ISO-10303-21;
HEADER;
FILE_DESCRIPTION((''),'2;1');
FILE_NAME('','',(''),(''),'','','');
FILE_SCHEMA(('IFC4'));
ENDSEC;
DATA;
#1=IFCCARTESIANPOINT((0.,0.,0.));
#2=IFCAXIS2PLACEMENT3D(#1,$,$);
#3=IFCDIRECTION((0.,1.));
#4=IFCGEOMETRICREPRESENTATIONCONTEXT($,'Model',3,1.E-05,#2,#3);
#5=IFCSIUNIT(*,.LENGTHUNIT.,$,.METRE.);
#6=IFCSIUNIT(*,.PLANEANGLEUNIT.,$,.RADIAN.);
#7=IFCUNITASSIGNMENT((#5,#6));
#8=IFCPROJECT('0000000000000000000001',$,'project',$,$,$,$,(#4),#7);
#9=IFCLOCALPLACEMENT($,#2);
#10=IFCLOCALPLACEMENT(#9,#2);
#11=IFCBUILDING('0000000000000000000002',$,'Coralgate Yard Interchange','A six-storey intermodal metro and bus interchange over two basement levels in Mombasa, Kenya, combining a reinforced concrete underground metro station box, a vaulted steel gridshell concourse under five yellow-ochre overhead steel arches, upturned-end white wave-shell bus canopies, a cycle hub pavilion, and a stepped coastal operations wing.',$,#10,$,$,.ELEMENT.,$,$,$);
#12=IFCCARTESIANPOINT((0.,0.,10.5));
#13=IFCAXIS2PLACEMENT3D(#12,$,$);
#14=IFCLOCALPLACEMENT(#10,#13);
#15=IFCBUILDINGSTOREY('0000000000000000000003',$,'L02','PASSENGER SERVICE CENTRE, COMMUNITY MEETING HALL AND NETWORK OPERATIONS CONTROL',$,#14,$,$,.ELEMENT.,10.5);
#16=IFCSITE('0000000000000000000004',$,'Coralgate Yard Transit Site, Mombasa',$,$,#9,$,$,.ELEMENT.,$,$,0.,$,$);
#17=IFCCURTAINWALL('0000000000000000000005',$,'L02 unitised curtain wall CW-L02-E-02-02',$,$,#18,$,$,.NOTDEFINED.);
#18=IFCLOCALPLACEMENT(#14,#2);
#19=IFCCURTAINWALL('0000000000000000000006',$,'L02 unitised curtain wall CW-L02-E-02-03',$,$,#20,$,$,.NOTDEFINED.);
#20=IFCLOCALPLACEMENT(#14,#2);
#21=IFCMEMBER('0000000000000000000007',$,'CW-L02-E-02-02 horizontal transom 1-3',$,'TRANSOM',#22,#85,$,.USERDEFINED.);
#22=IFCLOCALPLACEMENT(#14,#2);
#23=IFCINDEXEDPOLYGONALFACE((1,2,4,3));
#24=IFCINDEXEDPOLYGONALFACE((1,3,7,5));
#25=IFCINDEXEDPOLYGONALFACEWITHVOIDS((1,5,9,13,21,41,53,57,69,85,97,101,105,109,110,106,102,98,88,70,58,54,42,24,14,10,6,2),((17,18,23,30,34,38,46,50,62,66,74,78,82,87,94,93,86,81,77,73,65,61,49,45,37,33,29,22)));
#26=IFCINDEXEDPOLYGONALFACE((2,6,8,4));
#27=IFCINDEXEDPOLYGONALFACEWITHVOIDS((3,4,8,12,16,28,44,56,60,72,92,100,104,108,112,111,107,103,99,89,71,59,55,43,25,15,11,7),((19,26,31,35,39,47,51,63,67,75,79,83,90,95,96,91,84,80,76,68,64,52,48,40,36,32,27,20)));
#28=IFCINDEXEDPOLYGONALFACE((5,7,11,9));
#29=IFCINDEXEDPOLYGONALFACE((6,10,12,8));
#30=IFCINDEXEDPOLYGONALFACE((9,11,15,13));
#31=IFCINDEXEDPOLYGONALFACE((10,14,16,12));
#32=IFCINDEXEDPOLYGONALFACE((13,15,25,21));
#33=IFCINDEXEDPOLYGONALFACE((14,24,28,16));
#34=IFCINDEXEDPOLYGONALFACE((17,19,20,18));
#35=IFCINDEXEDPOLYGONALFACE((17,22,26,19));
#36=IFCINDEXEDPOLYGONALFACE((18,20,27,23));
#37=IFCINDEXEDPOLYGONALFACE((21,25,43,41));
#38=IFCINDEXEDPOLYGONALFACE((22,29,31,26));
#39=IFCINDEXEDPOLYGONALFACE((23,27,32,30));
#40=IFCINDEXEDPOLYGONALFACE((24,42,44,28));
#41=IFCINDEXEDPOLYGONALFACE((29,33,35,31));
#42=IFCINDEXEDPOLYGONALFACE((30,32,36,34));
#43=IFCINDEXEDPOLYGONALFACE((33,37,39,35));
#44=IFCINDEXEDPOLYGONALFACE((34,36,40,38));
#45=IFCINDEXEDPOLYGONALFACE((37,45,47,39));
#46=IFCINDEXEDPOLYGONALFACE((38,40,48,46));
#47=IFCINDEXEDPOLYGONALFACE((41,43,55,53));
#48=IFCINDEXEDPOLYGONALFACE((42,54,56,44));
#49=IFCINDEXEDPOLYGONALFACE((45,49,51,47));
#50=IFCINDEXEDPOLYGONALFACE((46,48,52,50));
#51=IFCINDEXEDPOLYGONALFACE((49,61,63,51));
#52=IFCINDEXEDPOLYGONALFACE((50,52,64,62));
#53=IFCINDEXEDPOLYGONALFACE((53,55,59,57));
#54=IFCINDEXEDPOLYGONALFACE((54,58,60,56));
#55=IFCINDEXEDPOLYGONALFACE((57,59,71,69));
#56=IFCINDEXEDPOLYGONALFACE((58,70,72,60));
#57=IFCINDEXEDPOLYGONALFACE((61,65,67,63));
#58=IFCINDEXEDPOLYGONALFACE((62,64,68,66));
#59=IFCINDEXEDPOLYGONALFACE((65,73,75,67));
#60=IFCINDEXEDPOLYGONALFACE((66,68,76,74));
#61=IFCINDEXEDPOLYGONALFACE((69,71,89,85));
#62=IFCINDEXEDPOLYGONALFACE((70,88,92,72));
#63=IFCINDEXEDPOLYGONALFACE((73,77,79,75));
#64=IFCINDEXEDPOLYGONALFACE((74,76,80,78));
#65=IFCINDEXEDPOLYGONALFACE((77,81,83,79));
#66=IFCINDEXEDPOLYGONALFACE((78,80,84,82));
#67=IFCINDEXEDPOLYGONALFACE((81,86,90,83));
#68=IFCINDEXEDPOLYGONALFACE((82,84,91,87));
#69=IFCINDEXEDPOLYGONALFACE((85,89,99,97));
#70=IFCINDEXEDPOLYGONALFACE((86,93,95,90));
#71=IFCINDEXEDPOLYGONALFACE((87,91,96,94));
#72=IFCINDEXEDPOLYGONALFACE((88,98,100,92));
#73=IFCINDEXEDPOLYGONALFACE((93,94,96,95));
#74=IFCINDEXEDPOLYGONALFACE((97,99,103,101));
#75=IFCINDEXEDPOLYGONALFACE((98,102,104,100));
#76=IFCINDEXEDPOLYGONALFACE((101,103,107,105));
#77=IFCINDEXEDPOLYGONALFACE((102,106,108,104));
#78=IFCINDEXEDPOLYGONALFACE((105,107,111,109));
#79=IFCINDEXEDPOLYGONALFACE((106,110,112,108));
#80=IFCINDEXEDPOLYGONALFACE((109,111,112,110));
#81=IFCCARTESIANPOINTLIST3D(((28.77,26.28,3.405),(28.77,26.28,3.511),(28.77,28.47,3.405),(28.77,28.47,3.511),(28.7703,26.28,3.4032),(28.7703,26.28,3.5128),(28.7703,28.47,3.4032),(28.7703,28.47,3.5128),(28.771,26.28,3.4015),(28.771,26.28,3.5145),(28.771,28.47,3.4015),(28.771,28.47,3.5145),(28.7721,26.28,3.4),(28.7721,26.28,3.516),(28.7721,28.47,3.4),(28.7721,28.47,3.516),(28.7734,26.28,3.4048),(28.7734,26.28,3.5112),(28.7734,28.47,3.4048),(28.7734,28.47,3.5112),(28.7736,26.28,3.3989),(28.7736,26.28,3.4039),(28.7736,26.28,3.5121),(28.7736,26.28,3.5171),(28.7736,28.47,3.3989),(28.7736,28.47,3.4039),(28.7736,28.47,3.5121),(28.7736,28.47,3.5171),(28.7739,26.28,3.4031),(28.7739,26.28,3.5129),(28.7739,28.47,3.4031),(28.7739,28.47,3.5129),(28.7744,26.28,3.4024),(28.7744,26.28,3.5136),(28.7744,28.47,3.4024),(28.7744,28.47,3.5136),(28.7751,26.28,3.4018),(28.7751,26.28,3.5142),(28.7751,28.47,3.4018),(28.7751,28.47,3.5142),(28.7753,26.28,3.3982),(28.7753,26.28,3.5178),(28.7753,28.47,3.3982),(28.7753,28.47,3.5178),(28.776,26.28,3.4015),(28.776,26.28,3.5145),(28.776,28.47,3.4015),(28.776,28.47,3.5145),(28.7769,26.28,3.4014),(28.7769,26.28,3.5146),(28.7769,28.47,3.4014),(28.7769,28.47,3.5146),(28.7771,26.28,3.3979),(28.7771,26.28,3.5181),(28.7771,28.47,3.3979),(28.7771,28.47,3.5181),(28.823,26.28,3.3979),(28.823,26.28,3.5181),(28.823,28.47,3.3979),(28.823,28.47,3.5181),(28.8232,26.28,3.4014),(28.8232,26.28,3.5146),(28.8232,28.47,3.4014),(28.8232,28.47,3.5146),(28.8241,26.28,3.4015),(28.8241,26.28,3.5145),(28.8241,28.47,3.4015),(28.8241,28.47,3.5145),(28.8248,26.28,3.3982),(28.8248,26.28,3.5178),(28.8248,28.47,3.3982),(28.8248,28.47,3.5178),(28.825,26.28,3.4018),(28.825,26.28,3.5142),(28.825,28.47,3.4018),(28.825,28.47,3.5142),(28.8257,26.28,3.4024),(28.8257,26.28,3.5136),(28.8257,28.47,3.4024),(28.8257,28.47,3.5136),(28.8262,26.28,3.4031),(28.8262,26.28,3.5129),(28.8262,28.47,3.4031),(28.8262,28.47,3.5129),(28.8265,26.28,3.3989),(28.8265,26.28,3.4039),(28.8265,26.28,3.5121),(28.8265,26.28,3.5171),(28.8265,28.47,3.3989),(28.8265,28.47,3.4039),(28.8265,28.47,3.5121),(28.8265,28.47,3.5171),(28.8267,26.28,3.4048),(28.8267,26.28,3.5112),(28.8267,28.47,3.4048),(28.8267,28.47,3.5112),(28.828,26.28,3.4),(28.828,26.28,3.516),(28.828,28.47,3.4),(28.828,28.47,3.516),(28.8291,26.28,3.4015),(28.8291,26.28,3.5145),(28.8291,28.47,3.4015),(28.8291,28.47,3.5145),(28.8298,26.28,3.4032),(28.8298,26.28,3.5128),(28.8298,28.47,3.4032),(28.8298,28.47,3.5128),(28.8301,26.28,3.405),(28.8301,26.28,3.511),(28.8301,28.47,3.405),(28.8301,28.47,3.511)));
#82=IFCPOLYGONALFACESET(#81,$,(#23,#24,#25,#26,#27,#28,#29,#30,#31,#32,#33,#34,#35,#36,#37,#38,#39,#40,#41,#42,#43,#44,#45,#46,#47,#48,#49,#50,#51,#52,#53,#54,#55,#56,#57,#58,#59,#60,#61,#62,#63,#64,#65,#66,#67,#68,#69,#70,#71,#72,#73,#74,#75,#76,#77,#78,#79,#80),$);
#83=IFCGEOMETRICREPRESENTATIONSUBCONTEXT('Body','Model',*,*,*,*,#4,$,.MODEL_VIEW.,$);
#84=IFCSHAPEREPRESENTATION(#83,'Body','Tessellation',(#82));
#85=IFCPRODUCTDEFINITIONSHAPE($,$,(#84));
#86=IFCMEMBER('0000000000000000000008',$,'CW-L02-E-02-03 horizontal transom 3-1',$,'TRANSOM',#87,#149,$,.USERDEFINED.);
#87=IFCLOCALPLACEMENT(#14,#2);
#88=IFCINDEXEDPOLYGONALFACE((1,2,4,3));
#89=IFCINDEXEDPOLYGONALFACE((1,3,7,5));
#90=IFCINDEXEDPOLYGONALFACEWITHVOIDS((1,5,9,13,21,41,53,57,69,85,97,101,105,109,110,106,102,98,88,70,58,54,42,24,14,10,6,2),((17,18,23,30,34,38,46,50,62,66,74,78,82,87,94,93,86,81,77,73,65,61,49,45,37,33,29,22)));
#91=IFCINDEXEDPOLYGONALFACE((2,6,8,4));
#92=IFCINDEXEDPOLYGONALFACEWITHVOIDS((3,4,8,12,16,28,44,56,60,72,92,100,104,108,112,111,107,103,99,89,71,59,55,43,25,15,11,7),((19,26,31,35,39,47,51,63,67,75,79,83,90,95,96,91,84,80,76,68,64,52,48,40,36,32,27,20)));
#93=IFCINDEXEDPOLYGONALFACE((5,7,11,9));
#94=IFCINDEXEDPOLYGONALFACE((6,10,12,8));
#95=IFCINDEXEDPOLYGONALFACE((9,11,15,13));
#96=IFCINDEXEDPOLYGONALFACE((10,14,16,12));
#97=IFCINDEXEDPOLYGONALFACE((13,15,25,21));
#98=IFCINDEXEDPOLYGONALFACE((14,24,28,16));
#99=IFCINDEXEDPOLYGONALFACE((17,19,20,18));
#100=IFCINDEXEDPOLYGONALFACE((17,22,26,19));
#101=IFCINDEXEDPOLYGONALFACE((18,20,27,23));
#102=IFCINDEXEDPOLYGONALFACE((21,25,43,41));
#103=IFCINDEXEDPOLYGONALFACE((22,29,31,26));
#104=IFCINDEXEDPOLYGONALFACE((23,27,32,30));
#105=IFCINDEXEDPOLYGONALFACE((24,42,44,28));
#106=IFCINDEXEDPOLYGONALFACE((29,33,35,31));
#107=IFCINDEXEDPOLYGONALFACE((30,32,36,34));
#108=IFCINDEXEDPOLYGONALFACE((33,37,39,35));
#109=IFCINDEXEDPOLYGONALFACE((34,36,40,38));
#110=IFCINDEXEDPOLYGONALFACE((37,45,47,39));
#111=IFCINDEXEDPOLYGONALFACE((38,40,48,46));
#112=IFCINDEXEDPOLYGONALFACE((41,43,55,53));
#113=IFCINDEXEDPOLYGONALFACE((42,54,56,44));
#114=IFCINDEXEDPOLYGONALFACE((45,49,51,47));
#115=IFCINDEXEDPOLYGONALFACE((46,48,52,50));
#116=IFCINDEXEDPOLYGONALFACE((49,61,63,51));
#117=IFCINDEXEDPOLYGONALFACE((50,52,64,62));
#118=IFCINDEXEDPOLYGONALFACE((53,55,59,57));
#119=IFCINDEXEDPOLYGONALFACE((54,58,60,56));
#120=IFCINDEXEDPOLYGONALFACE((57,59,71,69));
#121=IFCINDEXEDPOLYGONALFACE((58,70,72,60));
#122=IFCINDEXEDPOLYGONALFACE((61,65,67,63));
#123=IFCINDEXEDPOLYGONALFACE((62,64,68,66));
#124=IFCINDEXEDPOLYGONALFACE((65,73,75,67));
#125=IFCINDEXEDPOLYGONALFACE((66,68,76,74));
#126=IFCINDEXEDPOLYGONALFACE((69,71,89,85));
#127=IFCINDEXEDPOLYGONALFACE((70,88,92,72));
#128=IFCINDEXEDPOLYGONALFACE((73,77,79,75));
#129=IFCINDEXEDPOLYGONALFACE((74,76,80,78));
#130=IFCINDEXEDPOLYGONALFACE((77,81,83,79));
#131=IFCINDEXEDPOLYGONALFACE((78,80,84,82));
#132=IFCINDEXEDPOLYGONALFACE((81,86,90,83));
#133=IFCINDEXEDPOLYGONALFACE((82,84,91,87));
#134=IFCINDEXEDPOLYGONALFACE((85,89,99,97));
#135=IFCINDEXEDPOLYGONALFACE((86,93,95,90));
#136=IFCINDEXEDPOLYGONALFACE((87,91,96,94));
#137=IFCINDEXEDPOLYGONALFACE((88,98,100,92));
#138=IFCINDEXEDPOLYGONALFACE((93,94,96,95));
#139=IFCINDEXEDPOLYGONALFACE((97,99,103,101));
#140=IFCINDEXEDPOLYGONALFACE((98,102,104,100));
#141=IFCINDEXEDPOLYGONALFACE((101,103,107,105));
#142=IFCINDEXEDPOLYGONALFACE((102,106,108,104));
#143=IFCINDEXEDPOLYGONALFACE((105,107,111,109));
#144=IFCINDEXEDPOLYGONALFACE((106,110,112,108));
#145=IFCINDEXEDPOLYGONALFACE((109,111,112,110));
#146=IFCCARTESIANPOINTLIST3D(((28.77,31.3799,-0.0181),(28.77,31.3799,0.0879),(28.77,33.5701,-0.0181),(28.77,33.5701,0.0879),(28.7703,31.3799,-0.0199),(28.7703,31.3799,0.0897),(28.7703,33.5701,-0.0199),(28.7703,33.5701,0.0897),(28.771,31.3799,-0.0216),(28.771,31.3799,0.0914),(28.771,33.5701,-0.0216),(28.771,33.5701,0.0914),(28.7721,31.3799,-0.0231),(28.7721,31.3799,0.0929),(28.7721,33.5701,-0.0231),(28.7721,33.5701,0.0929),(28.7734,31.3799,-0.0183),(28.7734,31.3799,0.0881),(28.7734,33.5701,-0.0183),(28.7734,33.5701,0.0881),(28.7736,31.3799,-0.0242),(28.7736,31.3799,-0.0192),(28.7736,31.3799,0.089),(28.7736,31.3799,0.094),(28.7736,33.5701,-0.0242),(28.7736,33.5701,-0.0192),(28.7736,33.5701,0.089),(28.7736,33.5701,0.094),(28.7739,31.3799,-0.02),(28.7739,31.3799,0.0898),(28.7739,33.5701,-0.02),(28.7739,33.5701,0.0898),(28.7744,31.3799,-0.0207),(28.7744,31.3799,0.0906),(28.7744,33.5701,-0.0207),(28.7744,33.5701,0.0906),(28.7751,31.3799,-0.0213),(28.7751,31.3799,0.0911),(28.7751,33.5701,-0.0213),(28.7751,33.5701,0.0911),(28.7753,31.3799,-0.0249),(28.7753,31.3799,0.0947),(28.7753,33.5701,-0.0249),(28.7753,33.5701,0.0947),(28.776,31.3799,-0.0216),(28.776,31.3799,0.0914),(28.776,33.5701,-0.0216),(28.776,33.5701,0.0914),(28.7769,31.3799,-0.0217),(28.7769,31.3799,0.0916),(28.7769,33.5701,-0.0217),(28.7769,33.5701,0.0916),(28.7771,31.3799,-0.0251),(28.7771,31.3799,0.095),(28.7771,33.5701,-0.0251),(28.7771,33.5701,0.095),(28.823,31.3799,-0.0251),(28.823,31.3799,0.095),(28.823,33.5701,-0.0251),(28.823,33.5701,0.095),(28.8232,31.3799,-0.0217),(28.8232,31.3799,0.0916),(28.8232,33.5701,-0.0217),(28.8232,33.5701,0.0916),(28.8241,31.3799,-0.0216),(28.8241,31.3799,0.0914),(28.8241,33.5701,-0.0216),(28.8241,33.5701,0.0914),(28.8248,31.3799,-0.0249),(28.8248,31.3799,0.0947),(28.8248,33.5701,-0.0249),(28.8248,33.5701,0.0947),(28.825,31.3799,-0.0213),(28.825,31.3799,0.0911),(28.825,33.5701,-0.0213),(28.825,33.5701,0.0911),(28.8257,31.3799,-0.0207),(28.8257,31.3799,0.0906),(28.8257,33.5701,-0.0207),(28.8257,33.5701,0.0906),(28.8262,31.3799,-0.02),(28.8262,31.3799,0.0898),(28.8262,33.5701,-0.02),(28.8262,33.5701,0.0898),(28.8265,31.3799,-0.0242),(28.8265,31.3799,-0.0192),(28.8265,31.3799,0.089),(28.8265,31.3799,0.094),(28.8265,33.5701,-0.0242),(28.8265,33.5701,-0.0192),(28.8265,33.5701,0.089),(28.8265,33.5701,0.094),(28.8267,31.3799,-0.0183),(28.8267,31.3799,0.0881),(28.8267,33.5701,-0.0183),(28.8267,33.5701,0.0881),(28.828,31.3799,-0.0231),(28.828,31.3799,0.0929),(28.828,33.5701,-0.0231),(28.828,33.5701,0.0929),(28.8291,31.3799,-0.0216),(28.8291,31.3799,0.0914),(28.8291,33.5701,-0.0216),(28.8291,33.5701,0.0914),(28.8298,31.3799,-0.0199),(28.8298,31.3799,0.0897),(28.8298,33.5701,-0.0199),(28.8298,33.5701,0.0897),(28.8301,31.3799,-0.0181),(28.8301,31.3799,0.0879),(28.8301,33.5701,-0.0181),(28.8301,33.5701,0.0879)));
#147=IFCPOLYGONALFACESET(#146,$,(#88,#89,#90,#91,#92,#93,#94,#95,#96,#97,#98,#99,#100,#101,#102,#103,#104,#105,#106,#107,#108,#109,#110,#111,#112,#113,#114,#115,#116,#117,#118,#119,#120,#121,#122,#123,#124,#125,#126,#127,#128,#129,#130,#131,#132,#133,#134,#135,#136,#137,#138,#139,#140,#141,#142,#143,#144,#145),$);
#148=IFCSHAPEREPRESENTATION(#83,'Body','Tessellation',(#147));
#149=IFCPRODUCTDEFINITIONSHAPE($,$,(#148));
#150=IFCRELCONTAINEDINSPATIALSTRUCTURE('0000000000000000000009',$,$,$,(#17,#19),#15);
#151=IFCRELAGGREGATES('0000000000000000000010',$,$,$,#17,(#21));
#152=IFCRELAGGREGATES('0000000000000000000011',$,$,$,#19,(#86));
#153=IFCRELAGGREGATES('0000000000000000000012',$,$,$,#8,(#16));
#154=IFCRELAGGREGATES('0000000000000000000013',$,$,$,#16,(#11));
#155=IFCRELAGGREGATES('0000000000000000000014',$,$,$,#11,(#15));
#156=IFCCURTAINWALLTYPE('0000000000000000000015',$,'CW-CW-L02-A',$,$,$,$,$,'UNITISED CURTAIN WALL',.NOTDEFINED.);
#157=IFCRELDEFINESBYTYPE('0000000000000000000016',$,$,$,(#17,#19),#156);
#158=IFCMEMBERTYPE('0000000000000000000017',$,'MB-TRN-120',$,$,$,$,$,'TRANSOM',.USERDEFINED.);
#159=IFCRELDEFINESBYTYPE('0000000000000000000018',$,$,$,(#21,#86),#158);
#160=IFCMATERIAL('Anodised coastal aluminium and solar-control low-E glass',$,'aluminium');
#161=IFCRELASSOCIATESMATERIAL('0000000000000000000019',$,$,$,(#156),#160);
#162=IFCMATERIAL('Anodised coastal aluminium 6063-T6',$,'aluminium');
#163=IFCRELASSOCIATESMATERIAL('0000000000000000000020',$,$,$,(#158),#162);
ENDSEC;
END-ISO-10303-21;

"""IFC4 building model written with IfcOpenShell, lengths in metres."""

from ifc_helpers import new_model, si_unit, direction, frame, origin, origin_2d, place, context, subcontext, project, spatial, hollow_rectangle, extrude, material, material_profile, profile_set, type_object, element, aggregate, save


model = new_model("IFC4")

# Units and contexts
model_context = context("Model", 3, precision=1e-05, world=origin(), true_north=direction((0.0, 1.0)))
body_context = subcontext(model_context, "Body", "Model", "MODEL_VIEW")
ifc_project = project(units=[si_unit("LENGTHUNIT", "METRE"), si_unit("PLANEANGLEUNIT", "RADIAN")], contexts=[model_context])

# Site, building, storey
site_placement = place(None, origin())
site = spatial("IfcSite", under=ifc_project, at=site_placement, Name="Coralgate Yard Transit Site, Mombasa", CompositionType="ELEMENT", RefElevation=0.0)
building_placement = place(site_placement, origin())
building = spatial("IfcBuilding", under=site, at=building_placement, Name="Coralgate Yard Interchange", Description="A six-storey intermodal metro and bus interchange over two basement levels in Mombasa, Kenya, combining a reinforced concrete underground metro station box, a vaulted steel gridshell concourse under five yellow-ochre overhead steel arches, upturned-end white wave-shell bus canopies, a cycle hub pavilion, and a stepped coastal operations wing.", CompositionType="ELEMENT")
storey_placement = place(building_placement, frame((0.0, 0.0, 10.5)))
storey = spatial("IfcBuildingStorey", under=building, at=storey_placement, Name="L02", Description="PASSENGER SERVICE CENTRE, COMMUNITY MEETING HALL AND NETWORK OPERATIONS CONTROL", CompositionType="ELEMENT", Elevation=10.5)

# Curtain wall
ifc_material_1 = material(Name="Anodised coastal aluminium and solar-control low-E glass", Category="aluminium")
curtain_wall_type = type_object("IfcCurtainWallType", Name="CW-CW-L02-A", ElementType="UNITISED CURTAIN WALL", PredefinedType="NOTDEFINED", material=ifc_material_1)
curtain_wall_1_placement = place(storey_placement, origin())
curtain_wall_1 = element("IfcCurtainWall", 1, at=curtain_wall_1_placement, inside=storey, type_object=curtain_wall_type, Name="L02 unitised curtain wall CW-L02-E-02-02", PredefinedType="NOTDEFINED")
ifc_material_2 = material(Name="Anodised coastal aluminium 6063-T6", Category="aluminium")

# Curtain wall
curtain_wall_2_placement = place(storey_placement, origin())
curtain_wall_2 = element("IfcCurtainWall", 2, at=curtain_wall_2_placement, inside=storey, type_object=curtain_wall_type, Name="L02 unitised curtain wall CW-L02-E-02-03", PredefinedType="NOTDEFINED")

# Members
ifc_material_profile_1 = material_profile(ifc_material_2, hollow_rectangle(XDim=0.0601, YDim=0.1201, WallThickness=0.0034, InnerFilletRadius=0.0034, OuterFilletRadius=0.0071, at=origin_2d()), Name="ALU 60x120x3.5")
ifc_profile_set_1 = profile_set([ifc_material_profile_1], Name="Anodised coastal aluminium 6063-T6")
member_type_1 = type_object("IfcMemberType", Name="MB-TRN-120", ElementType="TRANSOM", PredefinedType="USERDEFINED", material=ifc_profile_set_1)
member_1_placement = place(storey_placement, frame((28.8, 28.47, 3.458), z_axis=(0.0, -1.0, 0.0), x_axis=(1.0, 0.0, 0.0)))
member_1 = element("IfcMember", 3, at=member_1_placement, type_object=member_type_1, Name="CW-L02-E-02-02 horizontal transom 1-3", ObjectType="TRANSOM", PredefinedType="USERDEFINED", context=body_context, shape_type="SweptSolid", body=[
    extrude(hollow_rectangle(XDim=0.0601, YDim=0.1201, WallThickness=0.0034, InnerFilletRadius=0.0034, OuterFilletRadius=0.0071, at=origin_2d()), origin(), (0.0, 0.0, 1.0), 2.1899),
])
member_2_placement = place(storey_placement, frame((28.8, 33.5701, 0.0349), z_axis=(0.0, -1.0, 0.0), x_axis=(1.0, 0.0, 0.0)))
member_2 = element("IfcMember", 4, at=member_2_placement, type_object=member_type_1, Name="CW-L02-E-02-03 horizontal transom 3-1", ObjectType="TRANSOM", PredefinedType="USERDEFINED", context=body_context, shape_type="SweptSolid", body=[
    extrude(hollow_rectangle(XDim=0.0601, YDim=0.1201, WallThickness=0.0034, InnerFilletRadius=0.0034, OuterFilletRadius=0.0071, at=origin_2d()), origin(), (0.0, 0.0, 1.0), 2.1902),
])

aggregate(curtain_wall_1, [member_1])
aggregate(curtain_wall_2, [member_2])

save(model, "model.ifc")
